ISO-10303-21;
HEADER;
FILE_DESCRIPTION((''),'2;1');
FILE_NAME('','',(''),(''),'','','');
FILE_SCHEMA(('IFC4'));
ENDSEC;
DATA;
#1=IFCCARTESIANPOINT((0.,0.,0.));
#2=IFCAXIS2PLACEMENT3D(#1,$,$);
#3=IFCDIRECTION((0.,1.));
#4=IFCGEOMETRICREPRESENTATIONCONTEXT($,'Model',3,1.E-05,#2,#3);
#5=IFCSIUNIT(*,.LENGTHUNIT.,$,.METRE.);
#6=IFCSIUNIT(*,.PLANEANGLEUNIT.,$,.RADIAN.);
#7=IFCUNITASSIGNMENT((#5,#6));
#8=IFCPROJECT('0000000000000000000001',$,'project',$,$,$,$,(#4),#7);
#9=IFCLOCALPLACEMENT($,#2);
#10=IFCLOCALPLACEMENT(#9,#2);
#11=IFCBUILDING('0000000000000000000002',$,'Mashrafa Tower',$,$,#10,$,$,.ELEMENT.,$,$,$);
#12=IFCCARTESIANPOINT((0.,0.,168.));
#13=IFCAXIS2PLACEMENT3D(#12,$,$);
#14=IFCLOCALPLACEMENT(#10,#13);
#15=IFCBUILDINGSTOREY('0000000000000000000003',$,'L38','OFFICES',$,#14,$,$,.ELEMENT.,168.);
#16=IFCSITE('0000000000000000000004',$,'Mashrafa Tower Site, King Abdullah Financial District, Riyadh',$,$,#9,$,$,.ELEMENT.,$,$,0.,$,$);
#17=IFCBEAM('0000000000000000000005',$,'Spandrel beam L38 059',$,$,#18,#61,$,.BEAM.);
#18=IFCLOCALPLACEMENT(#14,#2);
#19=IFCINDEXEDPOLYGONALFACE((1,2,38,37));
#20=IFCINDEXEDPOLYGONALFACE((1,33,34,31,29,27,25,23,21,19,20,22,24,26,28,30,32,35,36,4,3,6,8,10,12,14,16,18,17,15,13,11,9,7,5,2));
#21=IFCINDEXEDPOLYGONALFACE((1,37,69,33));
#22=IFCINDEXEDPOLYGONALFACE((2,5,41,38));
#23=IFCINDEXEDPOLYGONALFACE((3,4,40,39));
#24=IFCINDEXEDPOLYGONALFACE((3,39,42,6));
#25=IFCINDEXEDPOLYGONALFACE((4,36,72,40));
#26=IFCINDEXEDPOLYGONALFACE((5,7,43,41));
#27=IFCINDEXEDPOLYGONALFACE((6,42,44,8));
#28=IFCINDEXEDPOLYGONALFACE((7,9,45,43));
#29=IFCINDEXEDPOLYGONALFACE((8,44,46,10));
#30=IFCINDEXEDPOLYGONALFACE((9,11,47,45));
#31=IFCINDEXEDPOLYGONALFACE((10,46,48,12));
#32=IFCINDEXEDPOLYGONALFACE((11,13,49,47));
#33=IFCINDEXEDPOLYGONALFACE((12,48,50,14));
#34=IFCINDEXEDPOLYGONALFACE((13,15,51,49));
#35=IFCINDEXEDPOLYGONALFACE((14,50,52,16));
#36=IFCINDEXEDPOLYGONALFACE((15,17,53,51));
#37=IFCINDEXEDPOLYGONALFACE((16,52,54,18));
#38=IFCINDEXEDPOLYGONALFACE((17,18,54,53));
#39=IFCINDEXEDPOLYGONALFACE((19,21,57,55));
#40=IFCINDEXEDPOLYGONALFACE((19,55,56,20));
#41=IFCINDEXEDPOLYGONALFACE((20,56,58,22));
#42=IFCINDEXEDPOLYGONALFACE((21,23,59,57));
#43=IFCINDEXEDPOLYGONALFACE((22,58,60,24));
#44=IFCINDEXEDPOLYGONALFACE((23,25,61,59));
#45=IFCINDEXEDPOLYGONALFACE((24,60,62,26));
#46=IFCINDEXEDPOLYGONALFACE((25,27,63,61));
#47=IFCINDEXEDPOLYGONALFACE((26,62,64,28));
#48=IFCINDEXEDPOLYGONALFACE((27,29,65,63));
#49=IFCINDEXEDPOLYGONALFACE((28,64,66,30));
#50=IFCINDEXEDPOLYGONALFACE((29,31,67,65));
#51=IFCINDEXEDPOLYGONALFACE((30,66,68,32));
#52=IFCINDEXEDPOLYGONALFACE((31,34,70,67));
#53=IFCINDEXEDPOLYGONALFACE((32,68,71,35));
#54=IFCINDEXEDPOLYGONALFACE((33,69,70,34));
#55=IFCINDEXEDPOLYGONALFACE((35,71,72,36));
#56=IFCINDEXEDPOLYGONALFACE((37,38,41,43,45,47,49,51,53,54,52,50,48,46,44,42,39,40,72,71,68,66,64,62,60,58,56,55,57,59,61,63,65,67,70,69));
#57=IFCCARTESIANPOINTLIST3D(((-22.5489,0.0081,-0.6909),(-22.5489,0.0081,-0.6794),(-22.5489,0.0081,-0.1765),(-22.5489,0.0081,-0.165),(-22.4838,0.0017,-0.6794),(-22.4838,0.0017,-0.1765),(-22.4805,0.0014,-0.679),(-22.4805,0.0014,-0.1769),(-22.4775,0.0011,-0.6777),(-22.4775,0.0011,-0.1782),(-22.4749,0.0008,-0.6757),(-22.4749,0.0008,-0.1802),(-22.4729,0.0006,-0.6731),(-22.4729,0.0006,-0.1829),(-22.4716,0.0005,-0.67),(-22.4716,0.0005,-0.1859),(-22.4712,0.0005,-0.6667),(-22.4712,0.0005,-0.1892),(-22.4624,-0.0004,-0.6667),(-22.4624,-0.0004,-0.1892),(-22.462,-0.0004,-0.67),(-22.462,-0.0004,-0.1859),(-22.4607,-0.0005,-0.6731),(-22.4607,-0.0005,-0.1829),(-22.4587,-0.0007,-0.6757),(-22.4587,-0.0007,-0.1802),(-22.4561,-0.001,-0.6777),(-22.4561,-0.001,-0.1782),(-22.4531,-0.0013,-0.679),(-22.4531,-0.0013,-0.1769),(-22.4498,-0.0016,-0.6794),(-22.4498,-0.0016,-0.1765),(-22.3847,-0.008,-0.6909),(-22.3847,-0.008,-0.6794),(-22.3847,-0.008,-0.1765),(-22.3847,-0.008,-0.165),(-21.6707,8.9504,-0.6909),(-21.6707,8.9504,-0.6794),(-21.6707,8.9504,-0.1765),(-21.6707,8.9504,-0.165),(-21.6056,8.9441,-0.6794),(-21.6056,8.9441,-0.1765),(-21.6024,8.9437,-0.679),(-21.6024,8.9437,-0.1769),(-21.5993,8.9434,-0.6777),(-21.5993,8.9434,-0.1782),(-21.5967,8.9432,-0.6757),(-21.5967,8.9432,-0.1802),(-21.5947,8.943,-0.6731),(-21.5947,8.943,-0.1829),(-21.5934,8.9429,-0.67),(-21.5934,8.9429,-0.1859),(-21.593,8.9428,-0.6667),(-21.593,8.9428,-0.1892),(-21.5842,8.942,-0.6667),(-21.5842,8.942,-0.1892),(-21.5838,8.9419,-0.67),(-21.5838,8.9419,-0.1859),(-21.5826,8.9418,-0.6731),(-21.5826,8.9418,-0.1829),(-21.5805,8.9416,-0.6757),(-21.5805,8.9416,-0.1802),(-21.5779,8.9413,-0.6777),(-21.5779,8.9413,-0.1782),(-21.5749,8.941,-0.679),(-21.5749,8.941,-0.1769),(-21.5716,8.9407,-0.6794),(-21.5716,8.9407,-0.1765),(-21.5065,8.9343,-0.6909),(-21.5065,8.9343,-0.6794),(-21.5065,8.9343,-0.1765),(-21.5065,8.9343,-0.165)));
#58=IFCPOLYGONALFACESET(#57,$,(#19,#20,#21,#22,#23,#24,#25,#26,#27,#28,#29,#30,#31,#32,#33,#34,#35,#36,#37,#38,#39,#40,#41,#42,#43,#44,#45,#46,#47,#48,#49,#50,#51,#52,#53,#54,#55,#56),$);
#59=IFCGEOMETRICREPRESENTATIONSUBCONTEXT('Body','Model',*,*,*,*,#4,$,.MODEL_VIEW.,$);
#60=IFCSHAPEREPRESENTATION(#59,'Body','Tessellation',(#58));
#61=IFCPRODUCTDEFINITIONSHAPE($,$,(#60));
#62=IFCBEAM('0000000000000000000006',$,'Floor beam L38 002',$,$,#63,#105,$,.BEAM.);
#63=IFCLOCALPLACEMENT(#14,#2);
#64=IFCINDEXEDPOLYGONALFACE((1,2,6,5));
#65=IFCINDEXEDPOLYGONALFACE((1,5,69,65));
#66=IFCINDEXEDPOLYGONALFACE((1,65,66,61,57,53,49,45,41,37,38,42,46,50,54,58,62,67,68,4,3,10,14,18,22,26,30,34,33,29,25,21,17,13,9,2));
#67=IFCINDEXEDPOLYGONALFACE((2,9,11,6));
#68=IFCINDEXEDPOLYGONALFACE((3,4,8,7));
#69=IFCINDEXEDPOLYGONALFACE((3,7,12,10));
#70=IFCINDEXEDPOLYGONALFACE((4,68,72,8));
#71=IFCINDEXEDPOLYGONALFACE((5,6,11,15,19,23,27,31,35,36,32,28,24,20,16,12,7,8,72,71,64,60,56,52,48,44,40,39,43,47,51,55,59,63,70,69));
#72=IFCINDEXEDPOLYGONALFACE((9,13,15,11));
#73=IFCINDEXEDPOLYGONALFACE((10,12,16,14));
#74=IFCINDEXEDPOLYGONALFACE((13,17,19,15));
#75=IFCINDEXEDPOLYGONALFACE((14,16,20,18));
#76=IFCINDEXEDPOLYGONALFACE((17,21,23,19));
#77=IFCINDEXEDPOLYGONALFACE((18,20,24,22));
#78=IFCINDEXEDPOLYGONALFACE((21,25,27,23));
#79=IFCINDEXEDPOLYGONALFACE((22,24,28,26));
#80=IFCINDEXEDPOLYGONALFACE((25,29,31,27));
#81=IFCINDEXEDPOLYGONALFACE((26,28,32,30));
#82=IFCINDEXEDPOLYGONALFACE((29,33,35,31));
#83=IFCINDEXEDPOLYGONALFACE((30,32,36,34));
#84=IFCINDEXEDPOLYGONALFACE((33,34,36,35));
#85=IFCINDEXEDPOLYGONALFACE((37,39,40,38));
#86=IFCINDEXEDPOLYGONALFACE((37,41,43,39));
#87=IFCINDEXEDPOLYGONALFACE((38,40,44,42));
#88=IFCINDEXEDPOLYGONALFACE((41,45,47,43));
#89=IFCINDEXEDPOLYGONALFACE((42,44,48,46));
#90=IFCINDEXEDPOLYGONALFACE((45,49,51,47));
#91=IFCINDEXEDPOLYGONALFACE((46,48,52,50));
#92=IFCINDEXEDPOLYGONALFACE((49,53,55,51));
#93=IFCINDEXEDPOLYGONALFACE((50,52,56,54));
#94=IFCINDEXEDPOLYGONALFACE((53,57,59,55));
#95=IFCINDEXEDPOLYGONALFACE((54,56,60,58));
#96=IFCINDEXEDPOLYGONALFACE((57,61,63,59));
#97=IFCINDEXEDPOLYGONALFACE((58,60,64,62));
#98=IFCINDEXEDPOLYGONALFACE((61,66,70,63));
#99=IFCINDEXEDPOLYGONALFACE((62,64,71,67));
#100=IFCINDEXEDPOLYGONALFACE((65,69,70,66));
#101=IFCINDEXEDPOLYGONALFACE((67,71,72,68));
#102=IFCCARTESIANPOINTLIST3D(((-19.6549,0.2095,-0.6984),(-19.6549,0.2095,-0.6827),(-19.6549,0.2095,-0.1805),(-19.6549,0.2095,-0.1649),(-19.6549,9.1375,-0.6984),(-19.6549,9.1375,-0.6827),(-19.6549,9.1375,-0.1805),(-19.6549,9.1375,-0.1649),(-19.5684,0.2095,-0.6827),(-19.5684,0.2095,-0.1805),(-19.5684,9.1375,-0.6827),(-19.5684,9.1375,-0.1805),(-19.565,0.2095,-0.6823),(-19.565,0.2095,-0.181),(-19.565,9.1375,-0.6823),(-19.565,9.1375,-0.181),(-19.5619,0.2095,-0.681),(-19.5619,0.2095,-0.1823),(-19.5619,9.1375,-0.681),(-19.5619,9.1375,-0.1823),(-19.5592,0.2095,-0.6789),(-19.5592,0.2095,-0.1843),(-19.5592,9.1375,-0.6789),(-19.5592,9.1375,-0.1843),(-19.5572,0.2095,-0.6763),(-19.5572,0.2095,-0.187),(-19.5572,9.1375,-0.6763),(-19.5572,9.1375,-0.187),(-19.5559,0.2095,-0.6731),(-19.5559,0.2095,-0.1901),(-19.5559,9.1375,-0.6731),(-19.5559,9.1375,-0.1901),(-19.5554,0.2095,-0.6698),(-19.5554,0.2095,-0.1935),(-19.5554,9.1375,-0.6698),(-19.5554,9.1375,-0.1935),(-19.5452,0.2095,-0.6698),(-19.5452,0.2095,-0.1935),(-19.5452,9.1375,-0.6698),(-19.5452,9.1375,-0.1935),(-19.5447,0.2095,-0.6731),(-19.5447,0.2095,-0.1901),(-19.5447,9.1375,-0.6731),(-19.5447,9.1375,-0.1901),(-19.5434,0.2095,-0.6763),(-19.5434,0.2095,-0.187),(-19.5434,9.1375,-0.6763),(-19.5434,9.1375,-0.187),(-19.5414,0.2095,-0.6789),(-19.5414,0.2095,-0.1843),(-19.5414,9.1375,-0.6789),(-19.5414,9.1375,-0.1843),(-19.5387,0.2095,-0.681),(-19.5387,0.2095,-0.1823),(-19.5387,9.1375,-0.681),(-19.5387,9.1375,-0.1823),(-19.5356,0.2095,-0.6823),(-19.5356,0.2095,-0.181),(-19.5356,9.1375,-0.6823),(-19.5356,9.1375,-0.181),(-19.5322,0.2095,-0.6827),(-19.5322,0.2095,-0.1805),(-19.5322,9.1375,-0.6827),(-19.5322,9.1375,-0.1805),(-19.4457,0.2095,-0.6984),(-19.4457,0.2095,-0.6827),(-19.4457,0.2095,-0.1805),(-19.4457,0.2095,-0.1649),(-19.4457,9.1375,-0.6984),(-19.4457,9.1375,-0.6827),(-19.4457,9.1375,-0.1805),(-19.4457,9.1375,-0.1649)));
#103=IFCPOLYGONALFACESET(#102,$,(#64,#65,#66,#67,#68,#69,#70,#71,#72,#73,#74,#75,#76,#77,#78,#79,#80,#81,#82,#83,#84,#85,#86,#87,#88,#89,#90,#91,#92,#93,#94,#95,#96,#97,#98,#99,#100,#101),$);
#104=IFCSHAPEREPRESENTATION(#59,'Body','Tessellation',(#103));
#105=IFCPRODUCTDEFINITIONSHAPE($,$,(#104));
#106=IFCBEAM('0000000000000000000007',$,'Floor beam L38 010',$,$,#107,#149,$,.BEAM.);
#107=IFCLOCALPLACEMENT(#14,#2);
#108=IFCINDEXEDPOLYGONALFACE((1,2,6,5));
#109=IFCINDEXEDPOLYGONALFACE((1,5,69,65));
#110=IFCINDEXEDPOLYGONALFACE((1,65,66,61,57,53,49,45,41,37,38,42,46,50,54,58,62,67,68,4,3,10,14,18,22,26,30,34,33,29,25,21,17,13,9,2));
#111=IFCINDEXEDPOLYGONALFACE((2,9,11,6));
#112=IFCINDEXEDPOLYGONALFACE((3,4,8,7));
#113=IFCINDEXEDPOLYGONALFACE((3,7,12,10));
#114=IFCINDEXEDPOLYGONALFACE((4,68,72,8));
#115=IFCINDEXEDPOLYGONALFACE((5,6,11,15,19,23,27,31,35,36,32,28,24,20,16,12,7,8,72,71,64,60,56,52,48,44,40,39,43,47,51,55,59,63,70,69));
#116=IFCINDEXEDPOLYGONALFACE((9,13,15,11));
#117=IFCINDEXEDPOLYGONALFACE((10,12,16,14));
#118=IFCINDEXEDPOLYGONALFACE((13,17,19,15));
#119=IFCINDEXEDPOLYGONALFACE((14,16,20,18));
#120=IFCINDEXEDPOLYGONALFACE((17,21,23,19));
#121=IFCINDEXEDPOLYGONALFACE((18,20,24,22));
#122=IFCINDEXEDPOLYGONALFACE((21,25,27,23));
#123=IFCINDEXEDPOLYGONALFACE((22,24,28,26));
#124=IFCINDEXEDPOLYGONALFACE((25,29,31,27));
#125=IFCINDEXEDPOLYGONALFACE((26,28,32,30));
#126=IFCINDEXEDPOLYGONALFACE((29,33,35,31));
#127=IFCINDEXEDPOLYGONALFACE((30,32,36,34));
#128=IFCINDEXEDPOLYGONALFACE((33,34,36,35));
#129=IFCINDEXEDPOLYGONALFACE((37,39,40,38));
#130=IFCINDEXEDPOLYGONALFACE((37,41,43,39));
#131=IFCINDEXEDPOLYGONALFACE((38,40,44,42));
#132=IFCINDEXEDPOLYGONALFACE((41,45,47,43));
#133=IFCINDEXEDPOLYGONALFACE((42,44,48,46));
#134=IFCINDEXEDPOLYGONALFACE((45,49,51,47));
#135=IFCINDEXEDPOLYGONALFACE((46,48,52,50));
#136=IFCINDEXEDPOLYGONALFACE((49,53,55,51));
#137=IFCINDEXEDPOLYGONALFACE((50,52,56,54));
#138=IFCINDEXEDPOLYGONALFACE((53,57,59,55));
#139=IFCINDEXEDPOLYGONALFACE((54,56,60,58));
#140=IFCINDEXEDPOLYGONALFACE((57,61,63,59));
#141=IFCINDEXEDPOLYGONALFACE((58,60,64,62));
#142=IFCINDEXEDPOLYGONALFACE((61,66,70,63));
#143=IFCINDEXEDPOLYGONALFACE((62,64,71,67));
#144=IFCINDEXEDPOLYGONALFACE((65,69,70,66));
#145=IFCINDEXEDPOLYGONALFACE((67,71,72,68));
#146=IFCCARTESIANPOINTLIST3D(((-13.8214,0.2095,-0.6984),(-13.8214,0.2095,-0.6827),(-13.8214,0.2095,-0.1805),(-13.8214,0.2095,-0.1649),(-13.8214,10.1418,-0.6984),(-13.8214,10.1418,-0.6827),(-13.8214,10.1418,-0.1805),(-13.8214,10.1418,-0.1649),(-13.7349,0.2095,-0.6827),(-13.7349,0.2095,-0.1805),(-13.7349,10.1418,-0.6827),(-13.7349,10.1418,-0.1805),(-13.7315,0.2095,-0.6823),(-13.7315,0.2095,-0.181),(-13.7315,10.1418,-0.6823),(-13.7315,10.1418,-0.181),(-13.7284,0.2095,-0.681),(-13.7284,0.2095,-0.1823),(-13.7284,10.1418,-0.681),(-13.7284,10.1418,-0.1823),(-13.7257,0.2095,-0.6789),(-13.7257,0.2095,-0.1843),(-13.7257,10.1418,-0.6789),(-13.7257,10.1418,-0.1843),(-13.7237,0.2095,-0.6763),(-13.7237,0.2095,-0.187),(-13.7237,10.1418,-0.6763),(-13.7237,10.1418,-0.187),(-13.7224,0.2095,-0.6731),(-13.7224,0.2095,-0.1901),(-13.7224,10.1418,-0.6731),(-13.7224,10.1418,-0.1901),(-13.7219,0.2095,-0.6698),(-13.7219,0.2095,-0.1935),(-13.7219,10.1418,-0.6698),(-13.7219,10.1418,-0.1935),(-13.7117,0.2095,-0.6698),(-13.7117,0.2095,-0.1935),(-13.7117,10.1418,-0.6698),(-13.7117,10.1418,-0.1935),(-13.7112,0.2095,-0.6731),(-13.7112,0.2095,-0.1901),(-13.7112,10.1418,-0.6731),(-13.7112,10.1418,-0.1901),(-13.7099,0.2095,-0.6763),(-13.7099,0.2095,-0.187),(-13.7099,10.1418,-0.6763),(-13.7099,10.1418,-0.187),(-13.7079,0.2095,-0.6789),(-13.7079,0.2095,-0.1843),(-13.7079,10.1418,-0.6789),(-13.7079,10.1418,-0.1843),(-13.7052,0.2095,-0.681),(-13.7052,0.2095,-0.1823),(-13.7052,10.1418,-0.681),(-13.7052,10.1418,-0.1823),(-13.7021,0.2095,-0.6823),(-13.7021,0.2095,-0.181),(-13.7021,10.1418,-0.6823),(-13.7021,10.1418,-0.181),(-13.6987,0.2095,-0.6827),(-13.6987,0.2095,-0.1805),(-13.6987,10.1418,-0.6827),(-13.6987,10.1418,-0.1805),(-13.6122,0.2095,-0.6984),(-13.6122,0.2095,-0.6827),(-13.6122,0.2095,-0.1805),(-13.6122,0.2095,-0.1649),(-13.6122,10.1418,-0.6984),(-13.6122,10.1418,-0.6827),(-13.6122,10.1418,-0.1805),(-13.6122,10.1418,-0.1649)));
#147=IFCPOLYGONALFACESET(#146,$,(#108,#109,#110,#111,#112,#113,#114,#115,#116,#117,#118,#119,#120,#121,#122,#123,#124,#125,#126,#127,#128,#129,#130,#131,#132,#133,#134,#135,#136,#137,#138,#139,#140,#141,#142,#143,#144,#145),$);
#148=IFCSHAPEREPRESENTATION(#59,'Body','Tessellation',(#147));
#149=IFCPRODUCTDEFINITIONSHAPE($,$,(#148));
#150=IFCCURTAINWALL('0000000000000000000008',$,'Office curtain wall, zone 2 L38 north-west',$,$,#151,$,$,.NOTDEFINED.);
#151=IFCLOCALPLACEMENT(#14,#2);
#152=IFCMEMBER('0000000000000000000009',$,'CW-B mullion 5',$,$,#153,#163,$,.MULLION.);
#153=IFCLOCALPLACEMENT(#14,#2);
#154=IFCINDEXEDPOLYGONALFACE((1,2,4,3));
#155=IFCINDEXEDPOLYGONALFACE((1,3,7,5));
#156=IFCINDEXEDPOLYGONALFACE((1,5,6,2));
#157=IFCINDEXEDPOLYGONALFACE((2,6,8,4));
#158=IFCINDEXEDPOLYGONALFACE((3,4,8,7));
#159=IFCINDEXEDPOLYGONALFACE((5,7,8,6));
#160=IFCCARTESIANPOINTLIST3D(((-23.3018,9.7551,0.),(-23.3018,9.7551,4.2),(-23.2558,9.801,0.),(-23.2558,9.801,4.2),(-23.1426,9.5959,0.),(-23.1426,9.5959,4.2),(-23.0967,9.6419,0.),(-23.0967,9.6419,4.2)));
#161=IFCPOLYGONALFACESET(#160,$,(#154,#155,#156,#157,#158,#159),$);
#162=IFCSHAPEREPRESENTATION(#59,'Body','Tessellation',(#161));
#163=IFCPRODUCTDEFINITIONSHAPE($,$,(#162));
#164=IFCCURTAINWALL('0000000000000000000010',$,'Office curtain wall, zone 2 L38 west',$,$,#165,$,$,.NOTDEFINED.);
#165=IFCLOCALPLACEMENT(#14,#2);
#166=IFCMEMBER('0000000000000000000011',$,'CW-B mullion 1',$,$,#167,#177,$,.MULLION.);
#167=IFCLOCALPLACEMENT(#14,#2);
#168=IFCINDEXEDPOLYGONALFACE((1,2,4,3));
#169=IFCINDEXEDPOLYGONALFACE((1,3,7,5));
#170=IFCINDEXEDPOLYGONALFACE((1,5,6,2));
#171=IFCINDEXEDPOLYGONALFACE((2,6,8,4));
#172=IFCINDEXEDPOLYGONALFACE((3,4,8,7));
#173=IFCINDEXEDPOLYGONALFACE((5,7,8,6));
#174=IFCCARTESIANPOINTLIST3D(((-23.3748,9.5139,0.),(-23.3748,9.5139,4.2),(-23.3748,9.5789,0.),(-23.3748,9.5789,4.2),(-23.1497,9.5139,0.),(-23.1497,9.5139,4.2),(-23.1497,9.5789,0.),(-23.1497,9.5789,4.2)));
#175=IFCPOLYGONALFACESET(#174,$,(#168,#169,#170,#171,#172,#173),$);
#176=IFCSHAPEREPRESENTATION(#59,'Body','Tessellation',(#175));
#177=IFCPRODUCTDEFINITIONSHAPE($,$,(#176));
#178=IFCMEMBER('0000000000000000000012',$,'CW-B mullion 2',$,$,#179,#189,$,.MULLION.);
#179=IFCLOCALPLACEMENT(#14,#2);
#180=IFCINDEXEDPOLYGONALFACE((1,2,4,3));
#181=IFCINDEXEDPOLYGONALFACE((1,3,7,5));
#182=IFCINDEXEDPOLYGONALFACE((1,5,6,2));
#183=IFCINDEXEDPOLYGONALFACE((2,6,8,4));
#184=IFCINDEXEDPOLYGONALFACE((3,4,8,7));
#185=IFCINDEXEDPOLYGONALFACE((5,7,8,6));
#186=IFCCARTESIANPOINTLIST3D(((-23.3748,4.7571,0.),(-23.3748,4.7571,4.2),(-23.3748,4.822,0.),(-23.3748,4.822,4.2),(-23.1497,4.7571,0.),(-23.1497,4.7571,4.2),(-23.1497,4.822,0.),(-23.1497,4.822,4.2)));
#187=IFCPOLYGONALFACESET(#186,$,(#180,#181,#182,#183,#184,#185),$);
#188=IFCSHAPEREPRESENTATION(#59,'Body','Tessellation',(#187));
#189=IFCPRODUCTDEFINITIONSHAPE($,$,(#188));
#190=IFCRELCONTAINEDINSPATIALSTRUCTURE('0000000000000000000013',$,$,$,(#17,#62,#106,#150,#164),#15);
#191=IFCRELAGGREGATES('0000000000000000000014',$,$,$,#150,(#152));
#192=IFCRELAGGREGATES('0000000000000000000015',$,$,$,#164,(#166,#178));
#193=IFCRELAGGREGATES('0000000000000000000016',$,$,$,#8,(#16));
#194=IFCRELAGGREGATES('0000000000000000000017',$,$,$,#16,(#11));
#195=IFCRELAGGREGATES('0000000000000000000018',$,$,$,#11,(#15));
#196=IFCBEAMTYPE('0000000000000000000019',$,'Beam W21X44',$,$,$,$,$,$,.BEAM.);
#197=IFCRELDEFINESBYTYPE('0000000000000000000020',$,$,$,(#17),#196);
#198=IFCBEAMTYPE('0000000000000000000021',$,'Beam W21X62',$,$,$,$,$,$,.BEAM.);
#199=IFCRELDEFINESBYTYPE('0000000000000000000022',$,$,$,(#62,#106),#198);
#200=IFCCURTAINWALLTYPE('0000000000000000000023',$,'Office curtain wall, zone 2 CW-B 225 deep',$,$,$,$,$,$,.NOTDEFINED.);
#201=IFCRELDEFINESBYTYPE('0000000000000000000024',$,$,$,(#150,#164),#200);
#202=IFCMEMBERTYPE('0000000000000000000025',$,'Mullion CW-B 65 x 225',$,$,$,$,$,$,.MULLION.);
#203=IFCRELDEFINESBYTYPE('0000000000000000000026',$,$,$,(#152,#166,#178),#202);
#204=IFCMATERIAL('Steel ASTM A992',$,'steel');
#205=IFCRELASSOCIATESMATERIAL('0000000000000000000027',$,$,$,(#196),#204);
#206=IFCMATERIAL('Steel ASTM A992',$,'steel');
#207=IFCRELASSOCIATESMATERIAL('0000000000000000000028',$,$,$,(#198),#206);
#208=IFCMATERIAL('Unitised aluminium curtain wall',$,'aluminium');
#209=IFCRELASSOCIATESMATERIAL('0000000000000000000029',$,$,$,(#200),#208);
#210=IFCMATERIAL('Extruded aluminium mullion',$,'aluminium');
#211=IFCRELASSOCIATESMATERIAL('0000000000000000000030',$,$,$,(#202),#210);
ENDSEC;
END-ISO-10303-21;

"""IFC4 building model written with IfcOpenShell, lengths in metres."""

from ifc_helpers import new_model, si_unit, direction, frame, origin, origin_2d, place, context, subcontext, project, spatial, rectangle, i_section, extrude, source, transform, mapped, material, material_profile, profile_set, type_object, type_shapes, element, aggregate, save


model = new_model("IFC4")

# Units and contexts
model_context = context("Model", 3, precision=1e-05, world=origin(), true_north=direction((0.0, 1.0)))
body_context = subcontext(model_context, "Body", "Model", "MODEL_VIEW")
ifc_project = project(units=[si_unit("LENGTHUNIT", "METRE"), si_unit("PLANEANGLEUNIT", "RADIAN")], contexts=[model_context])

# Site, building, storey
site_placement = place(None, origin())
site = spatial("IfcSite", under=ifc_project, at=site_placement, Name="Mashrafa Tower Site, King Abdullah Financial District, Riyadh", CompositionType="ELEMENT", RefElevation=0.0)
building_placement = place(site_placement, origin())
building = spatial("IfcBuilding", under=site, at=building_placement, Name="Mashrafa Tower", CompositionType="ELEMENT")
storey_placement = place(building_placement, frame((0.0, 0.0, 168.0)))
storey = spatial("IfcBuildingStorey", under=building, at=storey_placement, Name="L38", Description="OFFICES", CompositionType="ELEMENT", Elevation=168.0)

# Beams
ifc_material_1 = material(Name="Steel ASTM A992", Category="steel")
ifc_material_profile_1 = material_profile(ifc_material_1, i_section(OverallWidth=0.165, OverallDepth=0.5259, WebThickness=0.0088, FlangeThickness=0.0115, FilletRadius=0.0127, at=origin_2d()), Name="W21X44")
ifc_profile_set_1 = profile_set([ifc_material_profile_1], Name="Steel ASTM A992")
beam_type_1 = type_object("IfcBeamType", Name="Beam W21X44", PredefinedType="BEAM", material=ifc_profile_set_1)
beam_1_placement = place(storey_placement, frame((-21.5886, 8.9424, -0.428), z_axis=(-0.097733, -0.995213, 0.0), x_axis=(0.995213, -0.097733, 0.0)))
element("IfcBeam", 1, at=beam_1_placement, inside=storey, type_object=beam_type_1, Name="Spandrel beam L38 059", PredefinedType="BEAM", context=body_context, shape_type="SweptSolid", body=[
    extrude(i_section(OverallWidth=0.165, OverallDepth=0.5259, WebThickness=0.0088, FlangeThickness=0.0115, FilletRadius=0.0127, at=origin_2d()), origin(), (0.0, 0.0, 1.0), 8.9854),
])
ifc_material_2 = material(Name="Steel ASTM A992", Category="steel")
ifc_material_profile_2 = material_profile(ifc_material_2, i_section(OverallWidth=0.2092, OverallDepth=0.5334, WebThickness=0.0103, FlangeThickness=0.0156, FilletRadius=0.0129, at=origin_2d()), Name="W21X62")
ifc_profile_set_2 = profile_set([ifc_material_profile_2], Name="Steel ASTM A992")
beam_type_2 = type_object("IfcBeamType", Name="Beam W21X62", PredefinedType="BEAM", material=ifc_profile_set_2)
beam_2_placement = place(storey_placement, frame((-19.5503, 0.2095, -0.4316), z_axis=(0.0, 1.0, 0.0), x_axis=(-1.0, 0.0, 0.0)))
element("IfcBeam", 2, at=beam_2_placement, inside=storey, type_object=beam_type_2, Name="Floor beam L38 002", PredefinedType="BEAM", context=body_context, shape_type="SweptSolid", body=[
    extrude(i_section(OverallWidth=0.2092, OverallDepth=0.5334, WebThickness=0.0103, FlangeThickness=0.0156, FilletRadius=0.0129, at=origin_2d()), origin(), (0.0, 0.0, 1.0), 8.928),
])
beam_3_placement = place(storey_placement, frame((-13.7168, 0.2095, -0.4316), z_axis=(0.0, 1.0, 0.0), x_axis=(-1.0, 0.0, 0.0)))
element("IfcBeam", 3, at=beam_3_placement, inside=storey, type_object=beam_type_2, Name="Floor beam L38 010", PredefinedType="BEAM", context=body_context, shape_type="SweptSolid", body=[
    extrude(i_section(OverallWidth=0.2092, OverallDepth=0.5334, WebThickness=0.0103, FlangeThickness=0.0156, FilletRadius=0.0129, at=origin_2d()), origin(), (0.0, 0.0, 1.0), 9.9324),
])

# Curtain wall, member
ifc_material_3 = material(Name="Unitised aluminium curtain wall", Category="aluminium")
curtain_wall_type = type_object("IfcCurtainWallType", Name="Office curtain wall, zone 2 CW-B 225 deep", PredefinedType="NOTDEFINED", material=ifc_material_3)
curtain_wall_1_placement = place(storey_placement, origin())
curtain_wall_1 = element("IfcCurtainWall", 4, at=curtain_wall_1_placement, inside=storey, type_object=curtain_wall_type, Name="Office curtain wall, zone 2 L38 north-west", PredefinedType="NOTDEFINED")
ifc_material_4 = material(Name="Extruded aluminium mullion", Category="aluminium")
ifc_material_profile_3 = material_profile(ifc_material_4, rectangle(XDim=0.2251, YDim=0.0649, at=origin_2d()), Name="Mullion 65x225")
ifc_profile_set_3 = profile_set([ifc_material_profile_3], Name="Extruded aluminium mullion")
member_type_1 = type_object("IfcMemberType", Name="Mullion CW-B 65 x 225", PredefinedType="MULLION", material=ifc_profile_set_3)
shared_shape_1 = source(origin(), body_context, "Body", "SweptSolid", [
    extrude(rectangle(XDim=0.2251, YDim=0.0649, at=origin_2d()), origin(), (0.0, 0.0, 1.0), 4.2),
])
type_shapes(member_type_1, [shared_shape_1])
member_1_placement = place(storey_placement, frame((-23.1992, 9.6985, 0.0), z_axis=(0.0, 0.0, 1.0), x_axis=(0.707107, -0.707107, 0.0)))
member_1 = element("IfcMember", 5, at=member_1_placement, type_object=member_type_1, Name="CW-B mullion 5", PredefinedType="MULLION", context=body_context, shape_type="MappedRepresentation", body=[
    mapped(shared_shape_1, transform((0.0, 0.0, 0.0))),
])
aggregate(curtain_wall_1, [member_1])

# Curtain wall, members
curtain_wall_2_placement = place(storey_placement, origin())
curtain_wall_2 = element("IfcCurtainWall", 6, at=curtain_wall_2_placement, inside=storey, type_object=curtain_wall_type, Name="Office curtain wall, zone 2 L38 west", PredefinedType="NOTDEFINED")
member_2_placement = place(storey_placement, frame((-23.2622, 9.5464, 0.0), z_axis=(0.0, 0.0, 1.0), x_axis=(1.0, 0.0, 0.0)))
member_2 = element("IfcMember", 7, at=member_2_placement, type_object=member_type_1, Name="CW-B mullion 1", PredefinedType="MULLION", context=body_context, shape_type="MappedRepresentation", body=[
    mapped(shared_shape_1, transform((0.0, 0.0, 0.0))),
])
member_3_placement = place(storey_placement, frame((-23.2622, 4.7896, 0.0), z_axis=(0.0, 0.0, 1.0), x_axis=(1.0, 0.0, 0.0)))
member_3 = element("IfcMember", 8, at=member_3_placement, type_object=member_type_1, Name="CW-B mullion 2", PredefinedType="MULLION", context=body_context, shape_type="MappedRepresentation", body=[
    mapped(shared_shape_1, transform((0.0, 0.0, 0.0))),
])
aggregate(curtain_wall_2, [member_2, member_3])

save(model, "model.ifc")
